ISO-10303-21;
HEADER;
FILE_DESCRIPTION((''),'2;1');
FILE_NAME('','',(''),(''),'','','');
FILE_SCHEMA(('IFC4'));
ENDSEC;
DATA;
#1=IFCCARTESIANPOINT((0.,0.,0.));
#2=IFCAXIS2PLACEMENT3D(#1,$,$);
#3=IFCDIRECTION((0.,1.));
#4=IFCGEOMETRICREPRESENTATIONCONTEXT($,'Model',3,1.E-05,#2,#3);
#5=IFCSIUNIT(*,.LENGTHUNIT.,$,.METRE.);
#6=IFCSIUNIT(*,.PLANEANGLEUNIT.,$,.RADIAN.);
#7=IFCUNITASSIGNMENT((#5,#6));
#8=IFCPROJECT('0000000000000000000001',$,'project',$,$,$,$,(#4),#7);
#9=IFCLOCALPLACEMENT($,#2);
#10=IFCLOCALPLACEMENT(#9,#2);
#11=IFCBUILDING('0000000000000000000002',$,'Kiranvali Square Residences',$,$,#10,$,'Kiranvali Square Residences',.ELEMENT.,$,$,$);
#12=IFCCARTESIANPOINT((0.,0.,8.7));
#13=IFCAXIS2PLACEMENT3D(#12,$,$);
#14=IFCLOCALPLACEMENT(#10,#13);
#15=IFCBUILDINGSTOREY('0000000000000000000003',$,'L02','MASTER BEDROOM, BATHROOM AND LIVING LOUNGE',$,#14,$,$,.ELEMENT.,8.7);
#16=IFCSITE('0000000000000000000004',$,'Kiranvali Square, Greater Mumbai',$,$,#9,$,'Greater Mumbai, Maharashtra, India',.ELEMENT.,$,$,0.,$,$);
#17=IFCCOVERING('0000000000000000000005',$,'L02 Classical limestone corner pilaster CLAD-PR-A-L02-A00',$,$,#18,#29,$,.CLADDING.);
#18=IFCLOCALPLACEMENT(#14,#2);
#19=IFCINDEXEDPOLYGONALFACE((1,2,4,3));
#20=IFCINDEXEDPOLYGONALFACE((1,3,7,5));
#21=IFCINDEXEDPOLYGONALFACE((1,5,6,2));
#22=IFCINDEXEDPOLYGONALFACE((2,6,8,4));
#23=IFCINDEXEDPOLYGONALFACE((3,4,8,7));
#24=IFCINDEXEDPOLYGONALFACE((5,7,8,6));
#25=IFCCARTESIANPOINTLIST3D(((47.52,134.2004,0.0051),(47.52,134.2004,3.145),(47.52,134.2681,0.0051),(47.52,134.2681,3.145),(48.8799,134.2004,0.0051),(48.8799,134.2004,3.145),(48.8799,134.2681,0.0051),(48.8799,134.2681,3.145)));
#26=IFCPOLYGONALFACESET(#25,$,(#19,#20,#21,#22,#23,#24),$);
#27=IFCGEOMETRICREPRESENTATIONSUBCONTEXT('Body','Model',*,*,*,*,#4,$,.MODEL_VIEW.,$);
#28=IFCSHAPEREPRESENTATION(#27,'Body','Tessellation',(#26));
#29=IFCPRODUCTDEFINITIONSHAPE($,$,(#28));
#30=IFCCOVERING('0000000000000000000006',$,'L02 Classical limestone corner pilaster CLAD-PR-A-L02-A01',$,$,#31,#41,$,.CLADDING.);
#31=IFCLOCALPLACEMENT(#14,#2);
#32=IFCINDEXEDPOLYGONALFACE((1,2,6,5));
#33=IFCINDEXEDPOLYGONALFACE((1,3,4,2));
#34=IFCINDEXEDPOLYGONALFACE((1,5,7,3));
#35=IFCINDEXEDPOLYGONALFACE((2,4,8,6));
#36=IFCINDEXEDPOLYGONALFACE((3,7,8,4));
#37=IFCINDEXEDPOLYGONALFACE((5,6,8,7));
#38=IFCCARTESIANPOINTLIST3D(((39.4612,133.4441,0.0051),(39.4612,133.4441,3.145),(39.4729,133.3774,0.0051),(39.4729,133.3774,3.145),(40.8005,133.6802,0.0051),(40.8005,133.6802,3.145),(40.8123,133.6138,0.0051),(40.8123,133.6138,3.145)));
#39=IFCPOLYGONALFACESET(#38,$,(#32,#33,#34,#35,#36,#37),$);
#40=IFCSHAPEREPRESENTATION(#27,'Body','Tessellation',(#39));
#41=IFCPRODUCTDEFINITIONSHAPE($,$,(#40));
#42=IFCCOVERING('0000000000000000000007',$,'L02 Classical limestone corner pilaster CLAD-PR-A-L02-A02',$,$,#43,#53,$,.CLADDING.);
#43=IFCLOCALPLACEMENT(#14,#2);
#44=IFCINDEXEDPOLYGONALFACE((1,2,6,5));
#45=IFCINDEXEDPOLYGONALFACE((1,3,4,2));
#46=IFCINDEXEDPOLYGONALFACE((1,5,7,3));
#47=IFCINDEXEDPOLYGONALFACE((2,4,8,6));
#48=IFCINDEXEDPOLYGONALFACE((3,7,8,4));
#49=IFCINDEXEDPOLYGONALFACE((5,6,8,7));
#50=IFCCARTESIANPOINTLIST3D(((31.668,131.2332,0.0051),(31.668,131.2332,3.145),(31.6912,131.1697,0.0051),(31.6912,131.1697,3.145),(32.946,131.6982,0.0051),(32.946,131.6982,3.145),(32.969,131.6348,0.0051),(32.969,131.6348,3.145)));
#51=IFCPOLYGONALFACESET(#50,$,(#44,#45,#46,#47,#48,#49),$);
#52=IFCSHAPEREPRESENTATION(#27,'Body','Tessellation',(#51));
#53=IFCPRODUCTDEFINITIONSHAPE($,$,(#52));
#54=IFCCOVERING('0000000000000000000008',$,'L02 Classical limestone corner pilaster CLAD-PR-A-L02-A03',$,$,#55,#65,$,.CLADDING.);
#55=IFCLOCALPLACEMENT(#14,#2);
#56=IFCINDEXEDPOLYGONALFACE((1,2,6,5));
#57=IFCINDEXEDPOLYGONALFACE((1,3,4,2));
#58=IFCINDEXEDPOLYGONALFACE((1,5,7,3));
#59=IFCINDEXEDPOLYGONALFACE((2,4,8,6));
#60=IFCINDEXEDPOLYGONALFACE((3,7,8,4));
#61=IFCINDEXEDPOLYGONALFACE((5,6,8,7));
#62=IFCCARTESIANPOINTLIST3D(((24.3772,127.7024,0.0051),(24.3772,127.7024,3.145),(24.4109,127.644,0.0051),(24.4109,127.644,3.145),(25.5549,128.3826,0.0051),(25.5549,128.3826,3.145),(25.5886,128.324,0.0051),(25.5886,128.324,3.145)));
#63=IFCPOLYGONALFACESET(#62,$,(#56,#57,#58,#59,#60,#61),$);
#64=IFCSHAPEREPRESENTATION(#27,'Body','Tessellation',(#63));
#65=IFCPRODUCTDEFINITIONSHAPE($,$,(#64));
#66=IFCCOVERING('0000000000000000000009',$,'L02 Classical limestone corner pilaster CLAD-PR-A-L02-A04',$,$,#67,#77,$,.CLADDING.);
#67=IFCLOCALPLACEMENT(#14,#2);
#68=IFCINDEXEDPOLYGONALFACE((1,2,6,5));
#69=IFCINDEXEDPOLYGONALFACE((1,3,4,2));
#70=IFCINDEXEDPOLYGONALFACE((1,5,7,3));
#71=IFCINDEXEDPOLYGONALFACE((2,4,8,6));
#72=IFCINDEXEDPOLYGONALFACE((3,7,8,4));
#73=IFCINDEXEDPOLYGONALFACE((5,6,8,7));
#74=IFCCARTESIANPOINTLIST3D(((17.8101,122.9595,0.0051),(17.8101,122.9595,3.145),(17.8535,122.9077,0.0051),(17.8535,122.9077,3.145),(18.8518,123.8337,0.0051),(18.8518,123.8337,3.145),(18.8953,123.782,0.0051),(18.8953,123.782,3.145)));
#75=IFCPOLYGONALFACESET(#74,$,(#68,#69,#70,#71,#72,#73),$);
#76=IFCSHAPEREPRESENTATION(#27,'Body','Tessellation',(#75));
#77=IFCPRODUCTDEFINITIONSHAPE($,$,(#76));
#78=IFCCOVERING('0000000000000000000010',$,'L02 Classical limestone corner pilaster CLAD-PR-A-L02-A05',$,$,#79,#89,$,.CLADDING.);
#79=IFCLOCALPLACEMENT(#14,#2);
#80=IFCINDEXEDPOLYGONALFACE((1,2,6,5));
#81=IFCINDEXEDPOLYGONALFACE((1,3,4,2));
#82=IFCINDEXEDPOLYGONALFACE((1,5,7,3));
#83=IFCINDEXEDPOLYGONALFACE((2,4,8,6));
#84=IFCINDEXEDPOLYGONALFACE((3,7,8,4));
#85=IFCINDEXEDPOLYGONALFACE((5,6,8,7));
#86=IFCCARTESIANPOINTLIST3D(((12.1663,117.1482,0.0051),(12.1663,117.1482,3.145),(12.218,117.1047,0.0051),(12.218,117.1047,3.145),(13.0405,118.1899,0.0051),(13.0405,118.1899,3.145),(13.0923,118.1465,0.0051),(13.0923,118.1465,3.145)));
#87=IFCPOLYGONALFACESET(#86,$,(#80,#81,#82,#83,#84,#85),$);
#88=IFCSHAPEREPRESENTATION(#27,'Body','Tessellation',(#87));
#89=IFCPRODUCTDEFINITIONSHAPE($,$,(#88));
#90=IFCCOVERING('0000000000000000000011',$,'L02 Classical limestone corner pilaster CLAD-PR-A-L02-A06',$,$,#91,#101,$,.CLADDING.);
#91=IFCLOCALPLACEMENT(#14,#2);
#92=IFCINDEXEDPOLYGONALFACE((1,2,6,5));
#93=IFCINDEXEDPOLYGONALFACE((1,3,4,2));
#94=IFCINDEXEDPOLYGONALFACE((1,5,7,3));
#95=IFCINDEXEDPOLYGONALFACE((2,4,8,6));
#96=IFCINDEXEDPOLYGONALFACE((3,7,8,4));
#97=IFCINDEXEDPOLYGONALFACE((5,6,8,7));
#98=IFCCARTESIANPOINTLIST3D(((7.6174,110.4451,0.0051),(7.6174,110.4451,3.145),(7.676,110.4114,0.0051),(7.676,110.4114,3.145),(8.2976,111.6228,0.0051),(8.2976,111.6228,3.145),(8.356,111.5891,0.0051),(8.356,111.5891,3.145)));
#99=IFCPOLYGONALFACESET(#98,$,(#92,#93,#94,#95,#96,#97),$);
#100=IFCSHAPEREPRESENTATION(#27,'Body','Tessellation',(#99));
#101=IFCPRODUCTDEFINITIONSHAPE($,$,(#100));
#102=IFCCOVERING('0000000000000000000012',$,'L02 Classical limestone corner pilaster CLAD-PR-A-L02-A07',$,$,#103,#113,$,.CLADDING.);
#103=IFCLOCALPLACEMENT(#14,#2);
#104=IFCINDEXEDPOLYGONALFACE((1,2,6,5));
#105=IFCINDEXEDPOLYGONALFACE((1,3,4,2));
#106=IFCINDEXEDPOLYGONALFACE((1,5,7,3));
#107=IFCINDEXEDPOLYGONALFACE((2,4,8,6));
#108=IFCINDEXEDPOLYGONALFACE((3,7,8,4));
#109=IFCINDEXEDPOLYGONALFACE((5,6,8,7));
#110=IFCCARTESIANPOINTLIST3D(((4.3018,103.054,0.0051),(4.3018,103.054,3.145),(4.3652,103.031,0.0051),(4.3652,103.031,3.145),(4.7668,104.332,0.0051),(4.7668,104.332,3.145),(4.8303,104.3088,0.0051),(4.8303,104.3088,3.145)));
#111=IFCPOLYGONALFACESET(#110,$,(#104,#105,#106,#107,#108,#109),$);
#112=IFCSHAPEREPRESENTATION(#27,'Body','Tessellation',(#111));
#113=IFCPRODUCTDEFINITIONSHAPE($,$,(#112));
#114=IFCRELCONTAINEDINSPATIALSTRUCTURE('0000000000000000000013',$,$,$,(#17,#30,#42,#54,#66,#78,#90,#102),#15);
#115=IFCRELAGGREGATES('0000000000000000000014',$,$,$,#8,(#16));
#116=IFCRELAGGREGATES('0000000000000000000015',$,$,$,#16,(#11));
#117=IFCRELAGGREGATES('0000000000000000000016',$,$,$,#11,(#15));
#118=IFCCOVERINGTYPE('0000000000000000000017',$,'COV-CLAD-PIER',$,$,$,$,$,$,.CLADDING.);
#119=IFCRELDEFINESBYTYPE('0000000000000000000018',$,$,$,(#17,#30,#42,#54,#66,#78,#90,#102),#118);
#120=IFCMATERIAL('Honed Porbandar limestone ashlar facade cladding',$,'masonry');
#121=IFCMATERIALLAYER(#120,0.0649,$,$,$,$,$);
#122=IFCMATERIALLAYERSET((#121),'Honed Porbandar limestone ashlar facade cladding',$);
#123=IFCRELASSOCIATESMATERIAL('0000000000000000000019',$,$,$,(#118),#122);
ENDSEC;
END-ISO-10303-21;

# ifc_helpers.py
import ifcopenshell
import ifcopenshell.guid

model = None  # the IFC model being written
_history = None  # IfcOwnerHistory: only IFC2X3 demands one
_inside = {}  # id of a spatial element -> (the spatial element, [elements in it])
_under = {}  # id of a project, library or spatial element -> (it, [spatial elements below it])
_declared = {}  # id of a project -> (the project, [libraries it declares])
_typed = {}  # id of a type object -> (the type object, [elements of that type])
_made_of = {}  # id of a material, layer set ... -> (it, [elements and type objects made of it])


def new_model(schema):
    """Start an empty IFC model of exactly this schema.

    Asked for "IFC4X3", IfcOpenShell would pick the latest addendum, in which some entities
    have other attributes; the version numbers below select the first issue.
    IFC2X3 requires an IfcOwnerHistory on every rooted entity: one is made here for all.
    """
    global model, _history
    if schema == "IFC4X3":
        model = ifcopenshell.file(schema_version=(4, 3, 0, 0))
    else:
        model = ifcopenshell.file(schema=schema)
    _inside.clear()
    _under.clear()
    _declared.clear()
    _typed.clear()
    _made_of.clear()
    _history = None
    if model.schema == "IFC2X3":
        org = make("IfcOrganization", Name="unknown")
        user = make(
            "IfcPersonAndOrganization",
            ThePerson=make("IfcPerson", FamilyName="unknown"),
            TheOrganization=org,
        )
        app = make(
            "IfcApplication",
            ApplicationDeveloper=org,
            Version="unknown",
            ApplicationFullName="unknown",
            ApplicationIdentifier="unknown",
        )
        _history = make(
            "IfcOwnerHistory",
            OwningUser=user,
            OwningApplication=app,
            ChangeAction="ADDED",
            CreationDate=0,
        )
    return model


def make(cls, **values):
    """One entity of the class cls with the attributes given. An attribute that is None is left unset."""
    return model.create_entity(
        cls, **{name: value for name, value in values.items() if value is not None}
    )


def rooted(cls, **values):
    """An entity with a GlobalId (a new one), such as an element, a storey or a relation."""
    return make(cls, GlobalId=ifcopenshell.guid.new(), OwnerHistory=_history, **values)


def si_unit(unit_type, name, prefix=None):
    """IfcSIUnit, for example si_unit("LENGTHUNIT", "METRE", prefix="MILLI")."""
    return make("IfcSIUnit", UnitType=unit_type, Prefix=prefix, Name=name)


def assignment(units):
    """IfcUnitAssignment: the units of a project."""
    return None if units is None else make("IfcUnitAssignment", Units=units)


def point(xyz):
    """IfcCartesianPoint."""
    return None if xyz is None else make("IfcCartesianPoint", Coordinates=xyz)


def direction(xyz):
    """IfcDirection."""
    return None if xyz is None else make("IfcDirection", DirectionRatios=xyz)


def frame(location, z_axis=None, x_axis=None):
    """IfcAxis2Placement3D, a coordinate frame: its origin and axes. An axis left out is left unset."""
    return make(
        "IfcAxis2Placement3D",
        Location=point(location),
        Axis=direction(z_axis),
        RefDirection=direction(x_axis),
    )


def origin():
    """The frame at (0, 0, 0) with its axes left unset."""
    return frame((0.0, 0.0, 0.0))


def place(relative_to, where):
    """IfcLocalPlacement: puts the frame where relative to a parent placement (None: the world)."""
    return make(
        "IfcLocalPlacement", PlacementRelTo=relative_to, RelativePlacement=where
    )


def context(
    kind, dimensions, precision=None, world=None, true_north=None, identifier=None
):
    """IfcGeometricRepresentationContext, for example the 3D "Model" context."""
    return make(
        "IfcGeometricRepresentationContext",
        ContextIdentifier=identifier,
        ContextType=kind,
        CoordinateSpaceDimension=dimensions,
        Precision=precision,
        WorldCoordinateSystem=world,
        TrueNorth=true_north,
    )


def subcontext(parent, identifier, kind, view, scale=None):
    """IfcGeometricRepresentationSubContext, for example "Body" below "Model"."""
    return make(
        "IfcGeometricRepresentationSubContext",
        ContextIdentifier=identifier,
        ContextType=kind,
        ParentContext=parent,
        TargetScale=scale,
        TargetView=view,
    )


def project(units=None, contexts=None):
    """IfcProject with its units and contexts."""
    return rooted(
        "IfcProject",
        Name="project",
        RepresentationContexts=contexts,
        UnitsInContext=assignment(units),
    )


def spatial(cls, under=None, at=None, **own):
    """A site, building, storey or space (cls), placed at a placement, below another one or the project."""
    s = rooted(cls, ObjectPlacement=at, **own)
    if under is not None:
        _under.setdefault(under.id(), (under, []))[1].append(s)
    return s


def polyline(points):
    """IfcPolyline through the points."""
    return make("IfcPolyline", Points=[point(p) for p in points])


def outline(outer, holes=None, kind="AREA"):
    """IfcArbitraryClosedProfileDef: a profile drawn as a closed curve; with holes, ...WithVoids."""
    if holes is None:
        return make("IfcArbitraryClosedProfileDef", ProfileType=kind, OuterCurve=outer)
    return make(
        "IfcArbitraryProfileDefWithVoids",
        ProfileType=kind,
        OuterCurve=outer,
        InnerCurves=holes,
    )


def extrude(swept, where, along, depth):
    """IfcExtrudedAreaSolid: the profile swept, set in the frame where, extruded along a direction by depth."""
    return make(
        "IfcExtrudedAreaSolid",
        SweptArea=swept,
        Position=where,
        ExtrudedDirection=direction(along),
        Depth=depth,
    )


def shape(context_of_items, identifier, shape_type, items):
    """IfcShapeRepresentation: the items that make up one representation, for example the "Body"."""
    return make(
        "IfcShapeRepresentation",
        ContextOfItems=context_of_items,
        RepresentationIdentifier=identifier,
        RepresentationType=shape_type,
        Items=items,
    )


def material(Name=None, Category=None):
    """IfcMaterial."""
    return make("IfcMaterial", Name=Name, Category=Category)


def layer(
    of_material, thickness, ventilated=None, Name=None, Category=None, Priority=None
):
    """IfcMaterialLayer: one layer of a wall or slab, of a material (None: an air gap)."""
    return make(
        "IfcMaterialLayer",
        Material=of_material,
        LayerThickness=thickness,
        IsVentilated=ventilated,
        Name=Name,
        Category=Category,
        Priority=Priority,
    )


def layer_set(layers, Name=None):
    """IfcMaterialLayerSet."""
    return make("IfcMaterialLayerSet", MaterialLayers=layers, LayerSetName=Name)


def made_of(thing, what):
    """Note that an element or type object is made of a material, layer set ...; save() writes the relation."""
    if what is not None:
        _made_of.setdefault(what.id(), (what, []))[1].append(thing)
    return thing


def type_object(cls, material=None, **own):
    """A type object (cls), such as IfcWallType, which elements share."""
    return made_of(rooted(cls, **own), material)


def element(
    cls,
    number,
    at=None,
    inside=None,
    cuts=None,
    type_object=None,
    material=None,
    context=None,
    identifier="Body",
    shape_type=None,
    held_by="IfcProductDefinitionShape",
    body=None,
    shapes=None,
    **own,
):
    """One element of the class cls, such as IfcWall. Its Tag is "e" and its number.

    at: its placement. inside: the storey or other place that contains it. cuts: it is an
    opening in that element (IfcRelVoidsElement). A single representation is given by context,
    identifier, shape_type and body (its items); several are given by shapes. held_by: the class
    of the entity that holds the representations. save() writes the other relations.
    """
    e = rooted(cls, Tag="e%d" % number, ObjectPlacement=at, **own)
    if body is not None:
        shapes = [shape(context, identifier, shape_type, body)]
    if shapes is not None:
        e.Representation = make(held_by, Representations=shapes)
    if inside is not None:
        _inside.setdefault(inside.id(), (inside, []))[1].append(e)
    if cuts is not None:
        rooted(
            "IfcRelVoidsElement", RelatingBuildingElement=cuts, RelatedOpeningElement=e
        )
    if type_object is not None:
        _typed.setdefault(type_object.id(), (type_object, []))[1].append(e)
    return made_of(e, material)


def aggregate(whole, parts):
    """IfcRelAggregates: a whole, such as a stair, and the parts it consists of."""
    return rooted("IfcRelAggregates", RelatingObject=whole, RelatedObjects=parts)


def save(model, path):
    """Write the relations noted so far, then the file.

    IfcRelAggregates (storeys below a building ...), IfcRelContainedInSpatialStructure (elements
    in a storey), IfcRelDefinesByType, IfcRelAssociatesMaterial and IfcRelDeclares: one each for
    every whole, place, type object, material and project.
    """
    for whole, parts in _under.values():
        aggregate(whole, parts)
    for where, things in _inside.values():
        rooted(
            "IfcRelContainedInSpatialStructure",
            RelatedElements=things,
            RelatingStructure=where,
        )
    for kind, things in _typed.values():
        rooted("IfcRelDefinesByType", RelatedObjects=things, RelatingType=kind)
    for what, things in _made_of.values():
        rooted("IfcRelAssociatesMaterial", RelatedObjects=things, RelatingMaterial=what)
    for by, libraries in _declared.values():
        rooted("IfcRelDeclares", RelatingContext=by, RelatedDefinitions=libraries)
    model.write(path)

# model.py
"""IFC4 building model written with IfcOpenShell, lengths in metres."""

from ifc_helpers import new_model, si_unit, direction, frame, origin, place, context, subcontext, project, spatial, polyline, outline, extrude, material, layer, layer_set, type_object, element, save


model = new_model("IFC4")

# Units and contexts
model_context = context("Model", 3, precision=1e-05, world=origin(), true_north=direction((0.0, 1.0)))
body_context = subcontext(model_context, "Body", "Model", "MODEL_VIEW")
ifc_project = project(units=[si_unit("LENGTHUNIT", "METRE"), si_unit("PLANEANGLEUNIT", "RADIAN")], contexts=[model_context])

# Site, building, storey
site_placement = place(None, origin())
site = spatial("IfcSite", under=ifc_project, at=site_placement, Name="Kiranvali Square, Greater Mumbai", LongName="Greater Mumbai, Maharashtra, India", CompositionType="ELEMENT", RefElevation=0.0)
building_placement = place(site_placement, origin())
building = spatial("IfcBuilding", under=site, at=building_placement, Name="Kiranvali Square Residences", LongName="Kiranvali Square Residences", CompositionType="ELEMENT")
storey_placement = place(building_placement, frame((0.0, 0.0, 8.7)))
storey = spatial("IfcBuildingStorey", under=building, at=storey_placement, Name="L02", Description="MASTER BEDROOM, BATHROOM AND LIVING LOUNGE", CompositionType="ELEMENT", Elevation=8.7)

# Coverings
ifc_material = material(Name="Honed Porbandar limestone ashlar facade cladding", Category="masonry")
ifc_layer_1 = layer(ifc_material, 0.0649)
ifc_layer_set_1 = layer_set([ifc_layer_1], Name="Honed Porbandar limestone ashlar facade cladding")
covering_type_1 = type_object("IfcCoveringType", Name="COV-CLAD-PIER", PredefinedType="CLADDING", material=ifc_layer_set_1)
covering_1_placement = place(storey_placement, frame((0.0, 0.0, 0.0051)))
element("IfcCovering", 1, at=covering_1_placement, inside=storey, type_object=covering_type_1, Name="L02 Classical limestone corner pilaster CLAD-PR-A-L02-A00", PredefinedType="CLADDING", context=body_context, shape_type="SweptSolid", body=[
    extrude(outline(polyline([(48.8799, 134.2681), (47.52, 134.2681), (47.52, 134.2004), (48.8799, 134.2004), (48.8799, 134.2681)])), origin(), (0.0, 0.0, 1.0), 3.1399),
])
covering_2_placement = place(storey_placement, frame((0.0, 0.0, 0.0051)))
element("IfcCovering", 2, at=covering_2_placement, inside=storey, type_object=covering_type_1, Name="L02 Classical limestone corner pilaster CLAD-PR-A-L02-A01", PredefinedType="CLADDING", context=body_context, shape_type="SweptSolid", body=[
    extrude(outline(polyline([(40.8005, 133.6802), (39.4612, 133.4441), (39.4729, 133.3774), (40.8123, 133.6138), (40.8005, 133.6802)])), origin(), (0.0, 0.0, 1.0), 3.1399),
])
covering_3_placement = place(storey_placement, frame((0.0, 0.0, 0.0051)))
element("IfcCovering", 3, at=covering_3_placement, inside=storey, type_object=covering_type_1, Name="L02 Classical limestone corner pilaster CLAD-PR-A-L02-A02", PredefinedType="CLADDING", context=body_context, shape_type="SweptSolid", body=[
    extrude(outline(polyline([(32.946, 131.6982), (31.668, 131.2332), (31.6912, 131.1697), (32.969, 131.6348), (32.946, 131.6982)])), origin(), (0.0, 0.0, 1.0), 3.1399),
])
covering_4_placement = place(storey_placement, frame((0.0, 0.0, 0.0051)))
element("IfcCovering", 4, at=covering_4_placement, inside=storey, type_object=covering_type_1, Name="L02 Classical limestone corner pilaster CLAD-PR-A-L02-A03", PredefinedType="CLADDING", context=body_context, shape_type="SweptSolid", body=[
    extrude(outline(polyline([(25.5549, 128.3826), (24.3772, 127.7024), (24.4109, 127.644), (25.5886, 128.324), (25.5549, 128.3826)])), origin(), (0.0, 0.0, 1.0), 3.1399),
])
covering_5_placement = place(storey_placement, frame((0.0, 0.0, 0.0051)))
element("IfcCovering", 5, at=covering_5_placement, inside=storey, type_object=covering_type_1, Name="L02 Classical limestone corner pilaster CLAD-PR-A-L02-A04", PredefinedType="CLADDING", context=body_context, shape_type="SweptSolid", body=[
    extrude(outline(polyline([(18.8518, 123.8337), (17.8101, 122.9595), (17.8535, 122.9077), (18.8953, 123.782), (18.8518, 123.8337)])), origin(), (0.0, 0.0, 1.0), 3.1399),
])
covering_6_placement = place(storey_placement, frame((0.0, 0.0, 0.0051)))
element("IfcCovering", 6, at=covering_6_placement, inside=storey, type_object=covering_type_1, Name="L02 Classical limestone corner pilaster CLAD-PR-A-L02-A05", PredefinedType="CLADDING", context=body_context, shape_type="SweptSolid", body=[
    extrude(outline(polyline([(13.0405, 118.1899), (12.1663, 117.1482), (12.218, 117.1047), (13.0923, 118.1465), (13.0405, 118.1899)])), origin(), (0.0, 0.0, 1.0), 3.1399),
])
covering_7_placement = place(storey_placement, frame((0.0, 0.0, 0.0051)))
element("IfcCovering", 7, at=covering_7_placement, inside=storey, type_object=covering_type_1, Name="L02 Classical limestone corner pilaster CLAD-PR-A-L02-A06", PredefinedType="CLADDING", context=body_context, shape_type="SweptSolid", body=[
    extrude(outline(polyline([(8.2976, 111.6228), (7.6174, 110.4451), (7.676, 110.4114), (8.356, 111.5891), (8.2976, 111.6228)])), origin(), (0.0, 0.0, 1.0), 3.1399),
])
covering_8_placement = place(storey_placement, frame((0.0, 0.0, 0.0051)))
element("IfcCovering", 8, at=covering_8_placement, inside=storey, type_object=covering_type_1, Name="L02 Classical limestone corner pilaster CLAD-PR-A-L02-A07", PredefinedType="CLADDING", context=body_context, shape_type="SweptSolid", body=[
    extrude(outline(polyline([(4.7668, 104.332), (4.3018, 103.054), (4.3652, 103.031), (4.8303, 104.3088), (4.7668, 104.332)])), origin(), (0.0, 0.0, 1.0), 3.1399),
])

save(model, "model.ifc")
